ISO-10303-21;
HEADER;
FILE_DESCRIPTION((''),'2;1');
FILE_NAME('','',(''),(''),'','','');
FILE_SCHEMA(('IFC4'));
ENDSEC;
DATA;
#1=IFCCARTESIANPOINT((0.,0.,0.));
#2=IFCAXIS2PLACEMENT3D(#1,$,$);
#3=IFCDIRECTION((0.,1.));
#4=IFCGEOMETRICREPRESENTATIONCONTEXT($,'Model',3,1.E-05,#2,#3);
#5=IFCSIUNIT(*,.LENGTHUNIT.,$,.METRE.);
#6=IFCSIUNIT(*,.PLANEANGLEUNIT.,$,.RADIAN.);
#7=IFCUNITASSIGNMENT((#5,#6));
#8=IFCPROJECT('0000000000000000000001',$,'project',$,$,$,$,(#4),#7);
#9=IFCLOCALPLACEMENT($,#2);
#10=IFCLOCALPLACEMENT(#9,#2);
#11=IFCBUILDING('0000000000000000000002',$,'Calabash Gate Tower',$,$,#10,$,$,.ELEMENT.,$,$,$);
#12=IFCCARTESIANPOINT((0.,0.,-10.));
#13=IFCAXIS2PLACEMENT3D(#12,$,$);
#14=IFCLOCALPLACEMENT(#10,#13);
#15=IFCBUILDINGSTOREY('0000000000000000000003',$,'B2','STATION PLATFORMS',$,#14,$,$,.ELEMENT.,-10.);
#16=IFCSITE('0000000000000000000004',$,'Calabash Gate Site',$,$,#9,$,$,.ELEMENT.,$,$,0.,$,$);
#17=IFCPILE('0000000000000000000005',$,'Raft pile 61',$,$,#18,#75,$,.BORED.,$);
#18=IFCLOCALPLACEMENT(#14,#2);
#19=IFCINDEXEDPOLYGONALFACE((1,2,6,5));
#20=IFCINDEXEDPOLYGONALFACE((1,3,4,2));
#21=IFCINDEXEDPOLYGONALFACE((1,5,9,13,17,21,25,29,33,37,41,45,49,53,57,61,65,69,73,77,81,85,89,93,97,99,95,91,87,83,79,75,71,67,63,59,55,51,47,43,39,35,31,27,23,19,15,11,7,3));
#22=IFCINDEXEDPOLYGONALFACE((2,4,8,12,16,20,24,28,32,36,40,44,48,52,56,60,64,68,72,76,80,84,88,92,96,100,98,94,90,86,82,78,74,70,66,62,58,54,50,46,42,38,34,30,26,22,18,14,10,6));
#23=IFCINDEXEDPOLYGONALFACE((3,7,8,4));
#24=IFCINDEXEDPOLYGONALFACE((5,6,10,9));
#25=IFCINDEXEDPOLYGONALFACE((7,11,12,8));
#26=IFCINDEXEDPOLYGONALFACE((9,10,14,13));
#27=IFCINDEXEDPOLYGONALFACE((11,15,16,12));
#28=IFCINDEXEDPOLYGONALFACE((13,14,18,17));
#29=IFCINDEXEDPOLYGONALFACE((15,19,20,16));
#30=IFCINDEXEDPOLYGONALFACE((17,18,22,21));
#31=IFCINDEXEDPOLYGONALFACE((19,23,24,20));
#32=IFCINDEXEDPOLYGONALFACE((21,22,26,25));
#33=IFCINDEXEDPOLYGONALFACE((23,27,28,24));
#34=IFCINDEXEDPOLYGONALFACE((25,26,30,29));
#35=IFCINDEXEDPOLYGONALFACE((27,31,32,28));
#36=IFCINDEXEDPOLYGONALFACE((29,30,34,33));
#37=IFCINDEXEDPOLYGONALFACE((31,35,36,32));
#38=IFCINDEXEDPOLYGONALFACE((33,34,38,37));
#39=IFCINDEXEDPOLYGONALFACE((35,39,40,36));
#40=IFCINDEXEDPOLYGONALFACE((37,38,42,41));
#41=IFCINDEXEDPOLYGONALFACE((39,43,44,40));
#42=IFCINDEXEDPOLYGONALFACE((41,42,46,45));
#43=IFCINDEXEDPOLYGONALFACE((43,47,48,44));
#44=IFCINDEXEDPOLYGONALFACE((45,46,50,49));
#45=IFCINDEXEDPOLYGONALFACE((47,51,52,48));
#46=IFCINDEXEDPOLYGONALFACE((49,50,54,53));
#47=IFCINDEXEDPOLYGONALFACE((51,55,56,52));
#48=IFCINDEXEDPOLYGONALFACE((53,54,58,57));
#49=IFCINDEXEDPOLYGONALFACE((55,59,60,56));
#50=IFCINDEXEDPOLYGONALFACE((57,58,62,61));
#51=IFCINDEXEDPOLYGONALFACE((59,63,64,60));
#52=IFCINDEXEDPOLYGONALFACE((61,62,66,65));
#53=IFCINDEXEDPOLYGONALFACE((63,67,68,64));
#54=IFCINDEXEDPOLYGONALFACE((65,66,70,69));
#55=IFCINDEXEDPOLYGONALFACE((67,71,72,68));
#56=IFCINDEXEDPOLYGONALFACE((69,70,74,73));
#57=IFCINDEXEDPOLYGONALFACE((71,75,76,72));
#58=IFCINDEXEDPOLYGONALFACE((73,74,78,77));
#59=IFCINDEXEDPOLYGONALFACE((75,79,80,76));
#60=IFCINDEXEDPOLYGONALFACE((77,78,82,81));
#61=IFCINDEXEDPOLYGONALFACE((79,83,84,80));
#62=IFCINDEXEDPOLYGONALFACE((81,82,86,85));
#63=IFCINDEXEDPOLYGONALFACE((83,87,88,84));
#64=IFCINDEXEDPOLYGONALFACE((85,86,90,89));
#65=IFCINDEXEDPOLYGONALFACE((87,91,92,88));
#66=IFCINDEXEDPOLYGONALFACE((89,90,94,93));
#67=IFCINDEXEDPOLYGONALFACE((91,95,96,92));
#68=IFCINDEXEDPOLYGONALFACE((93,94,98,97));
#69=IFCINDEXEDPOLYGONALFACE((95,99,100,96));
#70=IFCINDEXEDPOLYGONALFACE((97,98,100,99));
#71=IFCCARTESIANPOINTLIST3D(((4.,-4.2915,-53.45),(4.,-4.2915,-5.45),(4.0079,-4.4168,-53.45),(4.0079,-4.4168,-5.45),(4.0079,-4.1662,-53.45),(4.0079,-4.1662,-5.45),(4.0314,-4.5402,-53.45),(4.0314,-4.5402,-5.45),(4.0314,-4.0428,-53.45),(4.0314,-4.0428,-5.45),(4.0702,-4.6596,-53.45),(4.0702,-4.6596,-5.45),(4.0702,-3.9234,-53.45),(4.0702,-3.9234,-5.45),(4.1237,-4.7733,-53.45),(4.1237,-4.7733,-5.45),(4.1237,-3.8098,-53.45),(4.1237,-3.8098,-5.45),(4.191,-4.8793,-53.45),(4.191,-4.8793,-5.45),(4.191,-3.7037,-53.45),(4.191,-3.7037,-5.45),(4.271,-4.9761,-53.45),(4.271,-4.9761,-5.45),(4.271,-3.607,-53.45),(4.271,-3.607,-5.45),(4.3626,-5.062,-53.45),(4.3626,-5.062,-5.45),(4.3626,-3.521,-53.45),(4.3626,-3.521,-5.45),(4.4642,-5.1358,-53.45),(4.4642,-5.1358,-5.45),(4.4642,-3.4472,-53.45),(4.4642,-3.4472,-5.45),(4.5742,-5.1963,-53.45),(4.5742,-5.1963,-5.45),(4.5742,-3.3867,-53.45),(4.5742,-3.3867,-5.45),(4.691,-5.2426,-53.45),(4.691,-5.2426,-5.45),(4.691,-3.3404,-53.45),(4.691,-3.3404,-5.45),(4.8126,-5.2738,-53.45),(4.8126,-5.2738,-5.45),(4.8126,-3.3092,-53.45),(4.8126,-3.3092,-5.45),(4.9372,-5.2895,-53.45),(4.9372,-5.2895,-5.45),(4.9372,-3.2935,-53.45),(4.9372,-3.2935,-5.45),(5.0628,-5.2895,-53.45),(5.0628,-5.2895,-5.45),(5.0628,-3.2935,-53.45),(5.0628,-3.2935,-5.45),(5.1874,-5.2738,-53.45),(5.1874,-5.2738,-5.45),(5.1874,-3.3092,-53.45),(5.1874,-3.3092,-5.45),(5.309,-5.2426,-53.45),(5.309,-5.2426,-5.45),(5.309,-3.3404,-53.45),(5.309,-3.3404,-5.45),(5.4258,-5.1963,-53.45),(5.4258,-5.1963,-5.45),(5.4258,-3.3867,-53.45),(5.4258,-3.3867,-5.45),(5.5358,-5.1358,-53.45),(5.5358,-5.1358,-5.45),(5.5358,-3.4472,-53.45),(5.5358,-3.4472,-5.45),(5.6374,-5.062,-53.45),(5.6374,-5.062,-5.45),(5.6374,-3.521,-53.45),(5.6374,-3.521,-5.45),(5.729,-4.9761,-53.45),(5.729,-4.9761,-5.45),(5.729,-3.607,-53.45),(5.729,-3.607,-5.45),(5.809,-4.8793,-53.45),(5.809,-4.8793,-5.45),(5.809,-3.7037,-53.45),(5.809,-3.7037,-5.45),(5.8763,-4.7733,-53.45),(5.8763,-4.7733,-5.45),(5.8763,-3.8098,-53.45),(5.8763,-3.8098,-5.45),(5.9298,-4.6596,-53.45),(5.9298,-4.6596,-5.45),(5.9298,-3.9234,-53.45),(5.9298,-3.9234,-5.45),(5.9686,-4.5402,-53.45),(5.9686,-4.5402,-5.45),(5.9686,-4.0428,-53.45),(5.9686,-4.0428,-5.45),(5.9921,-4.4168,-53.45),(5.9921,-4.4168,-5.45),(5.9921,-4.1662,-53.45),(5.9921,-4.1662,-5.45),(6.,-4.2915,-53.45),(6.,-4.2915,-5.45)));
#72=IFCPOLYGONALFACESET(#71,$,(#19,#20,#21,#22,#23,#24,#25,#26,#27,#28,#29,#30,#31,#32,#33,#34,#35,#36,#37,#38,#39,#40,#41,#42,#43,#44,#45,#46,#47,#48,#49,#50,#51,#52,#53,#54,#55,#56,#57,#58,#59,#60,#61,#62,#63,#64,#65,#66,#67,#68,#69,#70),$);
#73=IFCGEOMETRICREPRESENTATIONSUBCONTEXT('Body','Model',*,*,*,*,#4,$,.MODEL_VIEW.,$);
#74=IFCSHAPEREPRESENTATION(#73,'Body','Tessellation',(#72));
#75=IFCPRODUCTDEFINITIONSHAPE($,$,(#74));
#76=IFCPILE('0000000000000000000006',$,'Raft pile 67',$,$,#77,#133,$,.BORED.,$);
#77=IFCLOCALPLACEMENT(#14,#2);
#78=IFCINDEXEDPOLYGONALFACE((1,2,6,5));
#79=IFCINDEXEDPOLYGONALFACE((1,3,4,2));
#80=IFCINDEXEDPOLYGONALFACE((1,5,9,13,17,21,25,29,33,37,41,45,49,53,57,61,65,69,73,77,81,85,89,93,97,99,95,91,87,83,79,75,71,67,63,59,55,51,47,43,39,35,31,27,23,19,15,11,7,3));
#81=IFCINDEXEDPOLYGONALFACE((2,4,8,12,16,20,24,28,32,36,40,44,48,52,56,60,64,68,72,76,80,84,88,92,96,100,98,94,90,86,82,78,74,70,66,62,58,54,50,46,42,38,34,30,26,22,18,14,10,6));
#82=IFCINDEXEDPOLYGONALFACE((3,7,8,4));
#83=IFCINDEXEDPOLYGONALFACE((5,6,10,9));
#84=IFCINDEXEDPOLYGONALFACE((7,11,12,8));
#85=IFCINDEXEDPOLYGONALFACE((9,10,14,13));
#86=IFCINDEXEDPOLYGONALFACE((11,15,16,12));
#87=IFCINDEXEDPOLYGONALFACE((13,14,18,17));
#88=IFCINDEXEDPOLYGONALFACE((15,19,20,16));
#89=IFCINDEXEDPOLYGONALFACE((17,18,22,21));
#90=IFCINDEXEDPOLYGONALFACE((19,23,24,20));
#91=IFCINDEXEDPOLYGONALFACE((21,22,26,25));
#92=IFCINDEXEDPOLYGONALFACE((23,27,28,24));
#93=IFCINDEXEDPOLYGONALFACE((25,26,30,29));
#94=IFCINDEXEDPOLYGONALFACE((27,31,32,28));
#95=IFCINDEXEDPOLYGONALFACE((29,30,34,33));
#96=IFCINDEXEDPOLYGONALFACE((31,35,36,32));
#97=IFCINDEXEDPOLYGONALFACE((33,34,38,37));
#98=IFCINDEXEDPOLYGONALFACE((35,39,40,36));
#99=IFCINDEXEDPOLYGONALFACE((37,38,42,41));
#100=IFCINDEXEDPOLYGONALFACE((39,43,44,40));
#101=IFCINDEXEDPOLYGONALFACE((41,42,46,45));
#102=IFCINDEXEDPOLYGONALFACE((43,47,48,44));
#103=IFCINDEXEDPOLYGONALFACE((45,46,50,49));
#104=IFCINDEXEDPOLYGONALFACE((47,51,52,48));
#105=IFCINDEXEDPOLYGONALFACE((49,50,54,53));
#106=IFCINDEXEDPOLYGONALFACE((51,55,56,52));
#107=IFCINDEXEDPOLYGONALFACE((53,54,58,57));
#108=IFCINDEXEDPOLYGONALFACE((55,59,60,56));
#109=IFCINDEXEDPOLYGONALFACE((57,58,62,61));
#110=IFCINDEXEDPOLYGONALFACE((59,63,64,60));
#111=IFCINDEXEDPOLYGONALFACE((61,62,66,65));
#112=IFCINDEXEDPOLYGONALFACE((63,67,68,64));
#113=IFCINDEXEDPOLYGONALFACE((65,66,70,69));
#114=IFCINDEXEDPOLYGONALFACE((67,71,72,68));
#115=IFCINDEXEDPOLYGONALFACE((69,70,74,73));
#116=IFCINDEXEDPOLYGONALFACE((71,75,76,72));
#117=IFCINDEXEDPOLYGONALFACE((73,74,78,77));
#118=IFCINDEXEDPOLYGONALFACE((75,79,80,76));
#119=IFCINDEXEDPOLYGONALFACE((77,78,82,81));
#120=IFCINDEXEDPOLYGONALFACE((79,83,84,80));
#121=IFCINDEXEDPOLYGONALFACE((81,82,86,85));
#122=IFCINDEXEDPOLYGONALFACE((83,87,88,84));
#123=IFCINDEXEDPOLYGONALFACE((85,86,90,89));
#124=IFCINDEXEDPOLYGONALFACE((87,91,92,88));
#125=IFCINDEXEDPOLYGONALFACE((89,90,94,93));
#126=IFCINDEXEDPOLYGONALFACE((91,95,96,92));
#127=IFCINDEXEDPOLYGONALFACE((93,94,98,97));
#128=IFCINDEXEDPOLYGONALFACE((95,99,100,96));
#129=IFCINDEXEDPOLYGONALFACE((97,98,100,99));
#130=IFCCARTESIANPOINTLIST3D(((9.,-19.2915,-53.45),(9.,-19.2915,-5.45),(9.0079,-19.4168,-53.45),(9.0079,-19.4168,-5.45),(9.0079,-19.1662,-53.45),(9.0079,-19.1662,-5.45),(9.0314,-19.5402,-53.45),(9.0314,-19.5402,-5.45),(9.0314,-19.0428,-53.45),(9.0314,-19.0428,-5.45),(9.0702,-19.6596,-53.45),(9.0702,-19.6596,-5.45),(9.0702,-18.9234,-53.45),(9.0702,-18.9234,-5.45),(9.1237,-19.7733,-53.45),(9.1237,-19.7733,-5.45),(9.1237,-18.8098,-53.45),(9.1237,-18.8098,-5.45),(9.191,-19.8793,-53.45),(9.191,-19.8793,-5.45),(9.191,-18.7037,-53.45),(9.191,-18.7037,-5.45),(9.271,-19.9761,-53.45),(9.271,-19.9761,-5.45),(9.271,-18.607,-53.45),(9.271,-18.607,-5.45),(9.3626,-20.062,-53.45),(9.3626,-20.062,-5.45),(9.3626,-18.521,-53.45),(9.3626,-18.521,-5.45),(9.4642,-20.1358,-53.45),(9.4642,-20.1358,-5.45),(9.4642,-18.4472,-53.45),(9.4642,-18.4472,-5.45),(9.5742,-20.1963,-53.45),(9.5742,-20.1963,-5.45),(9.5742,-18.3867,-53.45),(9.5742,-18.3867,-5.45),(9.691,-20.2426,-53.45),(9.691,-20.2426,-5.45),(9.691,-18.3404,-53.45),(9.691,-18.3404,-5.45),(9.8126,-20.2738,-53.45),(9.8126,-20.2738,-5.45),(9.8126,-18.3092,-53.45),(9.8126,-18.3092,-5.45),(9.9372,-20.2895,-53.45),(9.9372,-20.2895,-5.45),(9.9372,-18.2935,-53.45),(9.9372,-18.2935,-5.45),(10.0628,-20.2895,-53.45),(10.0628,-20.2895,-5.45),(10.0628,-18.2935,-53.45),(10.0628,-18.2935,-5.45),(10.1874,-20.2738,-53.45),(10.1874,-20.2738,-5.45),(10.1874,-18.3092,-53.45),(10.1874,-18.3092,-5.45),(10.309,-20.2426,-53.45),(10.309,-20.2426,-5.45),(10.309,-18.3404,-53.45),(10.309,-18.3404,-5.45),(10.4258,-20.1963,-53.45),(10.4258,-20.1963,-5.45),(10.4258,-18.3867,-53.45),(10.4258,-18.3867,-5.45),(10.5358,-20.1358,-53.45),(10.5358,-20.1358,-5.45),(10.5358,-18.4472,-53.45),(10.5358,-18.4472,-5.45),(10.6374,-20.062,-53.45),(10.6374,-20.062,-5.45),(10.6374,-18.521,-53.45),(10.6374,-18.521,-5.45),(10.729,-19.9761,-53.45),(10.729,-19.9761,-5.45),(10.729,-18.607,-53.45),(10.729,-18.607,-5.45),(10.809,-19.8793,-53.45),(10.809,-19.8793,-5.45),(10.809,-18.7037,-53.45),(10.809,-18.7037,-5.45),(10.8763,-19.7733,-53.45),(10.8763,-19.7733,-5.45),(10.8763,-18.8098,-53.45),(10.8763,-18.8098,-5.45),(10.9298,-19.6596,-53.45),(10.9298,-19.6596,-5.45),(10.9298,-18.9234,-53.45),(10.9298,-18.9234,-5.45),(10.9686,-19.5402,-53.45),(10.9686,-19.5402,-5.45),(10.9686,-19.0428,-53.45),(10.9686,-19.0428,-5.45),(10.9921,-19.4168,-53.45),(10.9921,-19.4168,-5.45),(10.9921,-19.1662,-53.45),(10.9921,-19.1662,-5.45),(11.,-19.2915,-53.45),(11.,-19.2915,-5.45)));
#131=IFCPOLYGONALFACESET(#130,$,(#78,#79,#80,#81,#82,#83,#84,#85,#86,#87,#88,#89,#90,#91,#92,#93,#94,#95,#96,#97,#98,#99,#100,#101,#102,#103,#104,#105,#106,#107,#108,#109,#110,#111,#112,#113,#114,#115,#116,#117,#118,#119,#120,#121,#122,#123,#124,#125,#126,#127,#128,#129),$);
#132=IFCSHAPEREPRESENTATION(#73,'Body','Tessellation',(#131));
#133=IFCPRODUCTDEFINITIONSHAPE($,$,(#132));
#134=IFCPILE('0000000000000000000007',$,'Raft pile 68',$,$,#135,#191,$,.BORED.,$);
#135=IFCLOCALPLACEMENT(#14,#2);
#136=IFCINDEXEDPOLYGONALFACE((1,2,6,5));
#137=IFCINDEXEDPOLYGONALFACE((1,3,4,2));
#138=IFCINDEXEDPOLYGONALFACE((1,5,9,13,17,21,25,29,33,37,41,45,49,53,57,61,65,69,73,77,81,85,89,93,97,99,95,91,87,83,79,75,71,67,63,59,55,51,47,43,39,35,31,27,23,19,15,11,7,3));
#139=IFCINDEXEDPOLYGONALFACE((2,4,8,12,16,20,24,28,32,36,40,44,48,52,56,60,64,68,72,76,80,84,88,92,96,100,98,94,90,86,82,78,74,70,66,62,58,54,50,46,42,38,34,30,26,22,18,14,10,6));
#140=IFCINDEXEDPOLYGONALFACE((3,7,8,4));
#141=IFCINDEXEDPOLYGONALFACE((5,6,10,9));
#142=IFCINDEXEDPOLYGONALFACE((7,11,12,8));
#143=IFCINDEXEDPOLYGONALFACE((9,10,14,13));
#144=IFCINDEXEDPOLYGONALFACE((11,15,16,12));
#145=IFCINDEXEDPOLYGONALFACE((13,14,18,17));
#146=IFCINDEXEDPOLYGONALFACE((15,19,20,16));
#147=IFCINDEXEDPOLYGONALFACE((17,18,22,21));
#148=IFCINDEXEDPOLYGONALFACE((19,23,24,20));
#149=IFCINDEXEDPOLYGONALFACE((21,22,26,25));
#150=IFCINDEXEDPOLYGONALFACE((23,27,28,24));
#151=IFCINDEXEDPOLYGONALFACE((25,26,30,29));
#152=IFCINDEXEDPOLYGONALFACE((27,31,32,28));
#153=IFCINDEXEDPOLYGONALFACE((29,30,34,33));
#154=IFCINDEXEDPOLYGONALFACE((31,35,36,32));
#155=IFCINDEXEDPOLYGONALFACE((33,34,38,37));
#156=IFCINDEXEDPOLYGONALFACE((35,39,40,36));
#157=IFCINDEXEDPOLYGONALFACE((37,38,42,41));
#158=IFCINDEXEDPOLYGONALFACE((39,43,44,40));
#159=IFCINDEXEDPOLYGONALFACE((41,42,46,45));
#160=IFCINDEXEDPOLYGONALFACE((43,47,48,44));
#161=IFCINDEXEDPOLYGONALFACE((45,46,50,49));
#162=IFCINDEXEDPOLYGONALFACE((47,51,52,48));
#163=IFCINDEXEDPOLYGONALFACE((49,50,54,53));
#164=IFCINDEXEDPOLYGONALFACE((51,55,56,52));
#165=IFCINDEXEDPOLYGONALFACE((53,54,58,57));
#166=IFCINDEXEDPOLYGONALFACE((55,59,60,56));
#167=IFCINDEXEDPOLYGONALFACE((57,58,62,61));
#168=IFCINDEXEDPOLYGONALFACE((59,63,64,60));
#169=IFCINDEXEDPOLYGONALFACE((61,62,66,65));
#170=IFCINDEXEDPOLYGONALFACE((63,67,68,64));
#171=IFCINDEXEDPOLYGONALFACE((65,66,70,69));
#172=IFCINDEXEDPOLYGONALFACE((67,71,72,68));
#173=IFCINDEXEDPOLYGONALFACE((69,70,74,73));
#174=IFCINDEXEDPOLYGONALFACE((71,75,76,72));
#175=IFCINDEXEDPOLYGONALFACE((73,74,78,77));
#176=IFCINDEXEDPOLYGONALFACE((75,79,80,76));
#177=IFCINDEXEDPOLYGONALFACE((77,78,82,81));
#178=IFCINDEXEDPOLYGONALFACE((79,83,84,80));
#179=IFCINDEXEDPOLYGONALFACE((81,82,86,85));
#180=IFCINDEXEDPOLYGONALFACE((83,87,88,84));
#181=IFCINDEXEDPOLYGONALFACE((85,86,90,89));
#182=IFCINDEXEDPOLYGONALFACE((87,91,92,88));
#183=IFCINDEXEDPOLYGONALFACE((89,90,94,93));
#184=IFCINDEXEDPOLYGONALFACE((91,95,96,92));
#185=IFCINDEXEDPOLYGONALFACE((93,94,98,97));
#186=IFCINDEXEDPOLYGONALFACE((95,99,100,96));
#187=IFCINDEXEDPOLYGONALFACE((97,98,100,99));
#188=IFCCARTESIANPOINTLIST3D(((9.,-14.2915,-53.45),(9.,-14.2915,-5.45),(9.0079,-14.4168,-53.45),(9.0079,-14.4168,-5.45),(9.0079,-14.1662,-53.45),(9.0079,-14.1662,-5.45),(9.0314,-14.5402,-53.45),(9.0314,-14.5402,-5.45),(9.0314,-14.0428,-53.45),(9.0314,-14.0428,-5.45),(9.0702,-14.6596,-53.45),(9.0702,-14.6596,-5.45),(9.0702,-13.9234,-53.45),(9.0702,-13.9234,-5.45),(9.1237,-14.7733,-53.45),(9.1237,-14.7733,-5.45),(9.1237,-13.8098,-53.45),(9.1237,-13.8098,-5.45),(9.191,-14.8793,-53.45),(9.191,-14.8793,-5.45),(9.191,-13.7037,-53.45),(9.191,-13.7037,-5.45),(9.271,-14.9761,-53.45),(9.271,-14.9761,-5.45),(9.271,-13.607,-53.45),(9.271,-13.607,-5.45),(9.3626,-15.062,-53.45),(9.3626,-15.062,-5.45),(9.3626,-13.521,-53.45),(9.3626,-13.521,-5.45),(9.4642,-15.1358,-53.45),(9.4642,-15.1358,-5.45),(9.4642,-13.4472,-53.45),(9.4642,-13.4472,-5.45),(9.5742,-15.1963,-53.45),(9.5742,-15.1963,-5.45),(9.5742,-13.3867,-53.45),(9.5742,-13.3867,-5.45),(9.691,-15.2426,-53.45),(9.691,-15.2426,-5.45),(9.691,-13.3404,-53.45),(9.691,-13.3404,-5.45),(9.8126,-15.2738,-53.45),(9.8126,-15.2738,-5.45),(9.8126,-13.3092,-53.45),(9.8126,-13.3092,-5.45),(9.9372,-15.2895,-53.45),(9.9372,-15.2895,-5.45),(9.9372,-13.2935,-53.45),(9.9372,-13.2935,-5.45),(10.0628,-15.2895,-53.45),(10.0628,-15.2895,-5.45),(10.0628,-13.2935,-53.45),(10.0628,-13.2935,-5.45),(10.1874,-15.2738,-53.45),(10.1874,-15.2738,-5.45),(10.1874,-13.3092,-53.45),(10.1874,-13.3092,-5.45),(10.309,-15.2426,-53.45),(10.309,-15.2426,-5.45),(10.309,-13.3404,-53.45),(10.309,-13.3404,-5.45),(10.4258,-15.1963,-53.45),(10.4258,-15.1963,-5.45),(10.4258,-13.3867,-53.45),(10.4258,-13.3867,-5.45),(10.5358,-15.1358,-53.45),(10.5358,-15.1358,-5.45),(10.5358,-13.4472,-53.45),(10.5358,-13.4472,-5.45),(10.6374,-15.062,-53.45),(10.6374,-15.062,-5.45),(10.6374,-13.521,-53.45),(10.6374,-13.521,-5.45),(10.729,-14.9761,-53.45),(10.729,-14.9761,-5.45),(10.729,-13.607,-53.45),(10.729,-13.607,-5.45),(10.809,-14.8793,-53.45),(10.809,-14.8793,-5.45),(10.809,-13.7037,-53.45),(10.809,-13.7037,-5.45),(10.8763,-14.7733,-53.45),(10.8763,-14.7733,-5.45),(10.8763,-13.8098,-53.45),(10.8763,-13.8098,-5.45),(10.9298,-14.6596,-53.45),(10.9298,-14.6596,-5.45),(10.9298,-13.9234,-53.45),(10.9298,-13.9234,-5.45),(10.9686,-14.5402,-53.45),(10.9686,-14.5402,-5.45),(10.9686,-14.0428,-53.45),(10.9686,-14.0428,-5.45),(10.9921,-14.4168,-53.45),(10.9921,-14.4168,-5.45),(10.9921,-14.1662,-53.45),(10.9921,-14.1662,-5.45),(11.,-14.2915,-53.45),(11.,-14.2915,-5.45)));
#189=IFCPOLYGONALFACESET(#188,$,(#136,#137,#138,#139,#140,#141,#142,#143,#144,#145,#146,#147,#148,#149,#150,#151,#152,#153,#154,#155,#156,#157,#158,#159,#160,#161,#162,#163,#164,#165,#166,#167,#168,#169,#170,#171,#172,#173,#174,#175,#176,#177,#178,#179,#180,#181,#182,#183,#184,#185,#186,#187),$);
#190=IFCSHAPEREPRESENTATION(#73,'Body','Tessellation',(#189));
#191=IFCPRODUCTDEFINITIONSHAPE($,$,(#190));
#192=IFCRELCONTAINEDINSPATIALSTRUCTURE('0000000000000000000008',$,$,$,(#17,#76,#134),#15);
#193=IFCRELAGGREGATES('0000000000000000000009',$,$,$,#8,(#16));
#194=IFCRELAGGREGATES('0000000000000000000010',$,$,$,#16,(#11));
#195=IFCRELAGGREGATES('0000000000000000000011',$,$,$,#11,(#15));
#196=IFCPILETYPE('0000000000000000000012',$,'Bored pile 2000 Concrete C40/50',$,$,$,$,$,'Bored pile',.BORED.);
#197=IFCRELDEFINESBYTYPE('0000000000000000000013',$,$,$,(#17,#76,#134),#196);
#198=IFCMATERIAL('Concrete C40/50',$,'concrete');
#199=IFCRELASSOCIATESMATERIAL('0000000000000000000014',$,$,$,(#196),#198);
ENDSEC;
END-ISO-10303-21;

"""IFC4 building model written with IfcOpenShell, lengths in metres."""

from ifc_helpers import new_model, si_unit, direction, frame, origin, origin_2d, place, context, subcontext, project, spatial, circle, extrude, material, material_profile, profile_set, type_object, element, save


model = new_model("IFC4")

# Units and contexts
model_context = context("Model", 3, precision=1e-05, world=origin(), true_north=direction((0.0, 1.0)))
body_context = subcontext(model_context, "Body", "Model", "MODEL_VIEW")
ifc_project = project(units=[si_unit("LENGTHUNIT", "METRE"), si_unit("PLANEANGLEUNIT", "RADIAN")], contexts=[model_context])

# Site, building, storey
site_placement = place(None, origin())
site = spatial("IfcSite", under=ifc_project, at=site_placement, Name="Calabash Gate Site", CompositionType="ELEMENT", RefElevation=0.0)
building_placement = place(site_placement, origin())
building = spatial("IfcBuilding", under=site, at=building_placement, Name="Calabash Gate Tower", CompositionType="ELEMENT")
storey_placement = place(building_placement, frame((0.0, 0.0, -10.0)))
storey = spatial("IfcBuildingStorey", under=building, at=storey_placement, Name="B2", Description="STATION PLATFORMS", CompositionType="ELEMENT", Elevation=-10.0)

# Piles
ifc_material_1 = material(Name="Concrete C40/50", Category="concrete")
ifc_material_profile_1 = material_profile(ifc_material_1, circle(Radius=1.0, at=origin_2d()))
ifc_profile_set_1 = profile_set([ifc_material_profile_1], Name="Concrete C40/50")
pile_type = type_object("IfcPileType", Name="Bored pile 2000 Concrete C40/50", ElementType="Bored pile", PredefinedType="BORED", material=ifc_profile_set_1)
for number, where, z_axis, x_axis, name in (
    (1, (5.0, -4.2915, -5.45), (0.0, 0.0, -1.0), (1.0, 0.0, 0.0), "Raft pile 61"),
    (2, (10.0, -19.2915, -5.45), (0.0, 0.0, -1.0), (1.0, 0.0, 0.0), "Raft pile 67"),
    (3, (10.0, -14.2915, -5.45), (0.0, 0.0, -1.0), (1.0, 0.0, 0.0), "Raft pile 68"),
):
    element("IfcPile", number, at=place(storey_placement, frame(where, z_axis=z_axis, x_axis=x_axis)), inside=storey, type_object=pile_type, Name=name, PredefinedType="BORED", context=body_context, shape_type="SweptSolid", body=[
        extrude(circle(Radius=1.0, at=origin_2d()), origin(), (0.0, 0.0, 1.0), 48.0),
    ])

save(model, "model.ifc")
